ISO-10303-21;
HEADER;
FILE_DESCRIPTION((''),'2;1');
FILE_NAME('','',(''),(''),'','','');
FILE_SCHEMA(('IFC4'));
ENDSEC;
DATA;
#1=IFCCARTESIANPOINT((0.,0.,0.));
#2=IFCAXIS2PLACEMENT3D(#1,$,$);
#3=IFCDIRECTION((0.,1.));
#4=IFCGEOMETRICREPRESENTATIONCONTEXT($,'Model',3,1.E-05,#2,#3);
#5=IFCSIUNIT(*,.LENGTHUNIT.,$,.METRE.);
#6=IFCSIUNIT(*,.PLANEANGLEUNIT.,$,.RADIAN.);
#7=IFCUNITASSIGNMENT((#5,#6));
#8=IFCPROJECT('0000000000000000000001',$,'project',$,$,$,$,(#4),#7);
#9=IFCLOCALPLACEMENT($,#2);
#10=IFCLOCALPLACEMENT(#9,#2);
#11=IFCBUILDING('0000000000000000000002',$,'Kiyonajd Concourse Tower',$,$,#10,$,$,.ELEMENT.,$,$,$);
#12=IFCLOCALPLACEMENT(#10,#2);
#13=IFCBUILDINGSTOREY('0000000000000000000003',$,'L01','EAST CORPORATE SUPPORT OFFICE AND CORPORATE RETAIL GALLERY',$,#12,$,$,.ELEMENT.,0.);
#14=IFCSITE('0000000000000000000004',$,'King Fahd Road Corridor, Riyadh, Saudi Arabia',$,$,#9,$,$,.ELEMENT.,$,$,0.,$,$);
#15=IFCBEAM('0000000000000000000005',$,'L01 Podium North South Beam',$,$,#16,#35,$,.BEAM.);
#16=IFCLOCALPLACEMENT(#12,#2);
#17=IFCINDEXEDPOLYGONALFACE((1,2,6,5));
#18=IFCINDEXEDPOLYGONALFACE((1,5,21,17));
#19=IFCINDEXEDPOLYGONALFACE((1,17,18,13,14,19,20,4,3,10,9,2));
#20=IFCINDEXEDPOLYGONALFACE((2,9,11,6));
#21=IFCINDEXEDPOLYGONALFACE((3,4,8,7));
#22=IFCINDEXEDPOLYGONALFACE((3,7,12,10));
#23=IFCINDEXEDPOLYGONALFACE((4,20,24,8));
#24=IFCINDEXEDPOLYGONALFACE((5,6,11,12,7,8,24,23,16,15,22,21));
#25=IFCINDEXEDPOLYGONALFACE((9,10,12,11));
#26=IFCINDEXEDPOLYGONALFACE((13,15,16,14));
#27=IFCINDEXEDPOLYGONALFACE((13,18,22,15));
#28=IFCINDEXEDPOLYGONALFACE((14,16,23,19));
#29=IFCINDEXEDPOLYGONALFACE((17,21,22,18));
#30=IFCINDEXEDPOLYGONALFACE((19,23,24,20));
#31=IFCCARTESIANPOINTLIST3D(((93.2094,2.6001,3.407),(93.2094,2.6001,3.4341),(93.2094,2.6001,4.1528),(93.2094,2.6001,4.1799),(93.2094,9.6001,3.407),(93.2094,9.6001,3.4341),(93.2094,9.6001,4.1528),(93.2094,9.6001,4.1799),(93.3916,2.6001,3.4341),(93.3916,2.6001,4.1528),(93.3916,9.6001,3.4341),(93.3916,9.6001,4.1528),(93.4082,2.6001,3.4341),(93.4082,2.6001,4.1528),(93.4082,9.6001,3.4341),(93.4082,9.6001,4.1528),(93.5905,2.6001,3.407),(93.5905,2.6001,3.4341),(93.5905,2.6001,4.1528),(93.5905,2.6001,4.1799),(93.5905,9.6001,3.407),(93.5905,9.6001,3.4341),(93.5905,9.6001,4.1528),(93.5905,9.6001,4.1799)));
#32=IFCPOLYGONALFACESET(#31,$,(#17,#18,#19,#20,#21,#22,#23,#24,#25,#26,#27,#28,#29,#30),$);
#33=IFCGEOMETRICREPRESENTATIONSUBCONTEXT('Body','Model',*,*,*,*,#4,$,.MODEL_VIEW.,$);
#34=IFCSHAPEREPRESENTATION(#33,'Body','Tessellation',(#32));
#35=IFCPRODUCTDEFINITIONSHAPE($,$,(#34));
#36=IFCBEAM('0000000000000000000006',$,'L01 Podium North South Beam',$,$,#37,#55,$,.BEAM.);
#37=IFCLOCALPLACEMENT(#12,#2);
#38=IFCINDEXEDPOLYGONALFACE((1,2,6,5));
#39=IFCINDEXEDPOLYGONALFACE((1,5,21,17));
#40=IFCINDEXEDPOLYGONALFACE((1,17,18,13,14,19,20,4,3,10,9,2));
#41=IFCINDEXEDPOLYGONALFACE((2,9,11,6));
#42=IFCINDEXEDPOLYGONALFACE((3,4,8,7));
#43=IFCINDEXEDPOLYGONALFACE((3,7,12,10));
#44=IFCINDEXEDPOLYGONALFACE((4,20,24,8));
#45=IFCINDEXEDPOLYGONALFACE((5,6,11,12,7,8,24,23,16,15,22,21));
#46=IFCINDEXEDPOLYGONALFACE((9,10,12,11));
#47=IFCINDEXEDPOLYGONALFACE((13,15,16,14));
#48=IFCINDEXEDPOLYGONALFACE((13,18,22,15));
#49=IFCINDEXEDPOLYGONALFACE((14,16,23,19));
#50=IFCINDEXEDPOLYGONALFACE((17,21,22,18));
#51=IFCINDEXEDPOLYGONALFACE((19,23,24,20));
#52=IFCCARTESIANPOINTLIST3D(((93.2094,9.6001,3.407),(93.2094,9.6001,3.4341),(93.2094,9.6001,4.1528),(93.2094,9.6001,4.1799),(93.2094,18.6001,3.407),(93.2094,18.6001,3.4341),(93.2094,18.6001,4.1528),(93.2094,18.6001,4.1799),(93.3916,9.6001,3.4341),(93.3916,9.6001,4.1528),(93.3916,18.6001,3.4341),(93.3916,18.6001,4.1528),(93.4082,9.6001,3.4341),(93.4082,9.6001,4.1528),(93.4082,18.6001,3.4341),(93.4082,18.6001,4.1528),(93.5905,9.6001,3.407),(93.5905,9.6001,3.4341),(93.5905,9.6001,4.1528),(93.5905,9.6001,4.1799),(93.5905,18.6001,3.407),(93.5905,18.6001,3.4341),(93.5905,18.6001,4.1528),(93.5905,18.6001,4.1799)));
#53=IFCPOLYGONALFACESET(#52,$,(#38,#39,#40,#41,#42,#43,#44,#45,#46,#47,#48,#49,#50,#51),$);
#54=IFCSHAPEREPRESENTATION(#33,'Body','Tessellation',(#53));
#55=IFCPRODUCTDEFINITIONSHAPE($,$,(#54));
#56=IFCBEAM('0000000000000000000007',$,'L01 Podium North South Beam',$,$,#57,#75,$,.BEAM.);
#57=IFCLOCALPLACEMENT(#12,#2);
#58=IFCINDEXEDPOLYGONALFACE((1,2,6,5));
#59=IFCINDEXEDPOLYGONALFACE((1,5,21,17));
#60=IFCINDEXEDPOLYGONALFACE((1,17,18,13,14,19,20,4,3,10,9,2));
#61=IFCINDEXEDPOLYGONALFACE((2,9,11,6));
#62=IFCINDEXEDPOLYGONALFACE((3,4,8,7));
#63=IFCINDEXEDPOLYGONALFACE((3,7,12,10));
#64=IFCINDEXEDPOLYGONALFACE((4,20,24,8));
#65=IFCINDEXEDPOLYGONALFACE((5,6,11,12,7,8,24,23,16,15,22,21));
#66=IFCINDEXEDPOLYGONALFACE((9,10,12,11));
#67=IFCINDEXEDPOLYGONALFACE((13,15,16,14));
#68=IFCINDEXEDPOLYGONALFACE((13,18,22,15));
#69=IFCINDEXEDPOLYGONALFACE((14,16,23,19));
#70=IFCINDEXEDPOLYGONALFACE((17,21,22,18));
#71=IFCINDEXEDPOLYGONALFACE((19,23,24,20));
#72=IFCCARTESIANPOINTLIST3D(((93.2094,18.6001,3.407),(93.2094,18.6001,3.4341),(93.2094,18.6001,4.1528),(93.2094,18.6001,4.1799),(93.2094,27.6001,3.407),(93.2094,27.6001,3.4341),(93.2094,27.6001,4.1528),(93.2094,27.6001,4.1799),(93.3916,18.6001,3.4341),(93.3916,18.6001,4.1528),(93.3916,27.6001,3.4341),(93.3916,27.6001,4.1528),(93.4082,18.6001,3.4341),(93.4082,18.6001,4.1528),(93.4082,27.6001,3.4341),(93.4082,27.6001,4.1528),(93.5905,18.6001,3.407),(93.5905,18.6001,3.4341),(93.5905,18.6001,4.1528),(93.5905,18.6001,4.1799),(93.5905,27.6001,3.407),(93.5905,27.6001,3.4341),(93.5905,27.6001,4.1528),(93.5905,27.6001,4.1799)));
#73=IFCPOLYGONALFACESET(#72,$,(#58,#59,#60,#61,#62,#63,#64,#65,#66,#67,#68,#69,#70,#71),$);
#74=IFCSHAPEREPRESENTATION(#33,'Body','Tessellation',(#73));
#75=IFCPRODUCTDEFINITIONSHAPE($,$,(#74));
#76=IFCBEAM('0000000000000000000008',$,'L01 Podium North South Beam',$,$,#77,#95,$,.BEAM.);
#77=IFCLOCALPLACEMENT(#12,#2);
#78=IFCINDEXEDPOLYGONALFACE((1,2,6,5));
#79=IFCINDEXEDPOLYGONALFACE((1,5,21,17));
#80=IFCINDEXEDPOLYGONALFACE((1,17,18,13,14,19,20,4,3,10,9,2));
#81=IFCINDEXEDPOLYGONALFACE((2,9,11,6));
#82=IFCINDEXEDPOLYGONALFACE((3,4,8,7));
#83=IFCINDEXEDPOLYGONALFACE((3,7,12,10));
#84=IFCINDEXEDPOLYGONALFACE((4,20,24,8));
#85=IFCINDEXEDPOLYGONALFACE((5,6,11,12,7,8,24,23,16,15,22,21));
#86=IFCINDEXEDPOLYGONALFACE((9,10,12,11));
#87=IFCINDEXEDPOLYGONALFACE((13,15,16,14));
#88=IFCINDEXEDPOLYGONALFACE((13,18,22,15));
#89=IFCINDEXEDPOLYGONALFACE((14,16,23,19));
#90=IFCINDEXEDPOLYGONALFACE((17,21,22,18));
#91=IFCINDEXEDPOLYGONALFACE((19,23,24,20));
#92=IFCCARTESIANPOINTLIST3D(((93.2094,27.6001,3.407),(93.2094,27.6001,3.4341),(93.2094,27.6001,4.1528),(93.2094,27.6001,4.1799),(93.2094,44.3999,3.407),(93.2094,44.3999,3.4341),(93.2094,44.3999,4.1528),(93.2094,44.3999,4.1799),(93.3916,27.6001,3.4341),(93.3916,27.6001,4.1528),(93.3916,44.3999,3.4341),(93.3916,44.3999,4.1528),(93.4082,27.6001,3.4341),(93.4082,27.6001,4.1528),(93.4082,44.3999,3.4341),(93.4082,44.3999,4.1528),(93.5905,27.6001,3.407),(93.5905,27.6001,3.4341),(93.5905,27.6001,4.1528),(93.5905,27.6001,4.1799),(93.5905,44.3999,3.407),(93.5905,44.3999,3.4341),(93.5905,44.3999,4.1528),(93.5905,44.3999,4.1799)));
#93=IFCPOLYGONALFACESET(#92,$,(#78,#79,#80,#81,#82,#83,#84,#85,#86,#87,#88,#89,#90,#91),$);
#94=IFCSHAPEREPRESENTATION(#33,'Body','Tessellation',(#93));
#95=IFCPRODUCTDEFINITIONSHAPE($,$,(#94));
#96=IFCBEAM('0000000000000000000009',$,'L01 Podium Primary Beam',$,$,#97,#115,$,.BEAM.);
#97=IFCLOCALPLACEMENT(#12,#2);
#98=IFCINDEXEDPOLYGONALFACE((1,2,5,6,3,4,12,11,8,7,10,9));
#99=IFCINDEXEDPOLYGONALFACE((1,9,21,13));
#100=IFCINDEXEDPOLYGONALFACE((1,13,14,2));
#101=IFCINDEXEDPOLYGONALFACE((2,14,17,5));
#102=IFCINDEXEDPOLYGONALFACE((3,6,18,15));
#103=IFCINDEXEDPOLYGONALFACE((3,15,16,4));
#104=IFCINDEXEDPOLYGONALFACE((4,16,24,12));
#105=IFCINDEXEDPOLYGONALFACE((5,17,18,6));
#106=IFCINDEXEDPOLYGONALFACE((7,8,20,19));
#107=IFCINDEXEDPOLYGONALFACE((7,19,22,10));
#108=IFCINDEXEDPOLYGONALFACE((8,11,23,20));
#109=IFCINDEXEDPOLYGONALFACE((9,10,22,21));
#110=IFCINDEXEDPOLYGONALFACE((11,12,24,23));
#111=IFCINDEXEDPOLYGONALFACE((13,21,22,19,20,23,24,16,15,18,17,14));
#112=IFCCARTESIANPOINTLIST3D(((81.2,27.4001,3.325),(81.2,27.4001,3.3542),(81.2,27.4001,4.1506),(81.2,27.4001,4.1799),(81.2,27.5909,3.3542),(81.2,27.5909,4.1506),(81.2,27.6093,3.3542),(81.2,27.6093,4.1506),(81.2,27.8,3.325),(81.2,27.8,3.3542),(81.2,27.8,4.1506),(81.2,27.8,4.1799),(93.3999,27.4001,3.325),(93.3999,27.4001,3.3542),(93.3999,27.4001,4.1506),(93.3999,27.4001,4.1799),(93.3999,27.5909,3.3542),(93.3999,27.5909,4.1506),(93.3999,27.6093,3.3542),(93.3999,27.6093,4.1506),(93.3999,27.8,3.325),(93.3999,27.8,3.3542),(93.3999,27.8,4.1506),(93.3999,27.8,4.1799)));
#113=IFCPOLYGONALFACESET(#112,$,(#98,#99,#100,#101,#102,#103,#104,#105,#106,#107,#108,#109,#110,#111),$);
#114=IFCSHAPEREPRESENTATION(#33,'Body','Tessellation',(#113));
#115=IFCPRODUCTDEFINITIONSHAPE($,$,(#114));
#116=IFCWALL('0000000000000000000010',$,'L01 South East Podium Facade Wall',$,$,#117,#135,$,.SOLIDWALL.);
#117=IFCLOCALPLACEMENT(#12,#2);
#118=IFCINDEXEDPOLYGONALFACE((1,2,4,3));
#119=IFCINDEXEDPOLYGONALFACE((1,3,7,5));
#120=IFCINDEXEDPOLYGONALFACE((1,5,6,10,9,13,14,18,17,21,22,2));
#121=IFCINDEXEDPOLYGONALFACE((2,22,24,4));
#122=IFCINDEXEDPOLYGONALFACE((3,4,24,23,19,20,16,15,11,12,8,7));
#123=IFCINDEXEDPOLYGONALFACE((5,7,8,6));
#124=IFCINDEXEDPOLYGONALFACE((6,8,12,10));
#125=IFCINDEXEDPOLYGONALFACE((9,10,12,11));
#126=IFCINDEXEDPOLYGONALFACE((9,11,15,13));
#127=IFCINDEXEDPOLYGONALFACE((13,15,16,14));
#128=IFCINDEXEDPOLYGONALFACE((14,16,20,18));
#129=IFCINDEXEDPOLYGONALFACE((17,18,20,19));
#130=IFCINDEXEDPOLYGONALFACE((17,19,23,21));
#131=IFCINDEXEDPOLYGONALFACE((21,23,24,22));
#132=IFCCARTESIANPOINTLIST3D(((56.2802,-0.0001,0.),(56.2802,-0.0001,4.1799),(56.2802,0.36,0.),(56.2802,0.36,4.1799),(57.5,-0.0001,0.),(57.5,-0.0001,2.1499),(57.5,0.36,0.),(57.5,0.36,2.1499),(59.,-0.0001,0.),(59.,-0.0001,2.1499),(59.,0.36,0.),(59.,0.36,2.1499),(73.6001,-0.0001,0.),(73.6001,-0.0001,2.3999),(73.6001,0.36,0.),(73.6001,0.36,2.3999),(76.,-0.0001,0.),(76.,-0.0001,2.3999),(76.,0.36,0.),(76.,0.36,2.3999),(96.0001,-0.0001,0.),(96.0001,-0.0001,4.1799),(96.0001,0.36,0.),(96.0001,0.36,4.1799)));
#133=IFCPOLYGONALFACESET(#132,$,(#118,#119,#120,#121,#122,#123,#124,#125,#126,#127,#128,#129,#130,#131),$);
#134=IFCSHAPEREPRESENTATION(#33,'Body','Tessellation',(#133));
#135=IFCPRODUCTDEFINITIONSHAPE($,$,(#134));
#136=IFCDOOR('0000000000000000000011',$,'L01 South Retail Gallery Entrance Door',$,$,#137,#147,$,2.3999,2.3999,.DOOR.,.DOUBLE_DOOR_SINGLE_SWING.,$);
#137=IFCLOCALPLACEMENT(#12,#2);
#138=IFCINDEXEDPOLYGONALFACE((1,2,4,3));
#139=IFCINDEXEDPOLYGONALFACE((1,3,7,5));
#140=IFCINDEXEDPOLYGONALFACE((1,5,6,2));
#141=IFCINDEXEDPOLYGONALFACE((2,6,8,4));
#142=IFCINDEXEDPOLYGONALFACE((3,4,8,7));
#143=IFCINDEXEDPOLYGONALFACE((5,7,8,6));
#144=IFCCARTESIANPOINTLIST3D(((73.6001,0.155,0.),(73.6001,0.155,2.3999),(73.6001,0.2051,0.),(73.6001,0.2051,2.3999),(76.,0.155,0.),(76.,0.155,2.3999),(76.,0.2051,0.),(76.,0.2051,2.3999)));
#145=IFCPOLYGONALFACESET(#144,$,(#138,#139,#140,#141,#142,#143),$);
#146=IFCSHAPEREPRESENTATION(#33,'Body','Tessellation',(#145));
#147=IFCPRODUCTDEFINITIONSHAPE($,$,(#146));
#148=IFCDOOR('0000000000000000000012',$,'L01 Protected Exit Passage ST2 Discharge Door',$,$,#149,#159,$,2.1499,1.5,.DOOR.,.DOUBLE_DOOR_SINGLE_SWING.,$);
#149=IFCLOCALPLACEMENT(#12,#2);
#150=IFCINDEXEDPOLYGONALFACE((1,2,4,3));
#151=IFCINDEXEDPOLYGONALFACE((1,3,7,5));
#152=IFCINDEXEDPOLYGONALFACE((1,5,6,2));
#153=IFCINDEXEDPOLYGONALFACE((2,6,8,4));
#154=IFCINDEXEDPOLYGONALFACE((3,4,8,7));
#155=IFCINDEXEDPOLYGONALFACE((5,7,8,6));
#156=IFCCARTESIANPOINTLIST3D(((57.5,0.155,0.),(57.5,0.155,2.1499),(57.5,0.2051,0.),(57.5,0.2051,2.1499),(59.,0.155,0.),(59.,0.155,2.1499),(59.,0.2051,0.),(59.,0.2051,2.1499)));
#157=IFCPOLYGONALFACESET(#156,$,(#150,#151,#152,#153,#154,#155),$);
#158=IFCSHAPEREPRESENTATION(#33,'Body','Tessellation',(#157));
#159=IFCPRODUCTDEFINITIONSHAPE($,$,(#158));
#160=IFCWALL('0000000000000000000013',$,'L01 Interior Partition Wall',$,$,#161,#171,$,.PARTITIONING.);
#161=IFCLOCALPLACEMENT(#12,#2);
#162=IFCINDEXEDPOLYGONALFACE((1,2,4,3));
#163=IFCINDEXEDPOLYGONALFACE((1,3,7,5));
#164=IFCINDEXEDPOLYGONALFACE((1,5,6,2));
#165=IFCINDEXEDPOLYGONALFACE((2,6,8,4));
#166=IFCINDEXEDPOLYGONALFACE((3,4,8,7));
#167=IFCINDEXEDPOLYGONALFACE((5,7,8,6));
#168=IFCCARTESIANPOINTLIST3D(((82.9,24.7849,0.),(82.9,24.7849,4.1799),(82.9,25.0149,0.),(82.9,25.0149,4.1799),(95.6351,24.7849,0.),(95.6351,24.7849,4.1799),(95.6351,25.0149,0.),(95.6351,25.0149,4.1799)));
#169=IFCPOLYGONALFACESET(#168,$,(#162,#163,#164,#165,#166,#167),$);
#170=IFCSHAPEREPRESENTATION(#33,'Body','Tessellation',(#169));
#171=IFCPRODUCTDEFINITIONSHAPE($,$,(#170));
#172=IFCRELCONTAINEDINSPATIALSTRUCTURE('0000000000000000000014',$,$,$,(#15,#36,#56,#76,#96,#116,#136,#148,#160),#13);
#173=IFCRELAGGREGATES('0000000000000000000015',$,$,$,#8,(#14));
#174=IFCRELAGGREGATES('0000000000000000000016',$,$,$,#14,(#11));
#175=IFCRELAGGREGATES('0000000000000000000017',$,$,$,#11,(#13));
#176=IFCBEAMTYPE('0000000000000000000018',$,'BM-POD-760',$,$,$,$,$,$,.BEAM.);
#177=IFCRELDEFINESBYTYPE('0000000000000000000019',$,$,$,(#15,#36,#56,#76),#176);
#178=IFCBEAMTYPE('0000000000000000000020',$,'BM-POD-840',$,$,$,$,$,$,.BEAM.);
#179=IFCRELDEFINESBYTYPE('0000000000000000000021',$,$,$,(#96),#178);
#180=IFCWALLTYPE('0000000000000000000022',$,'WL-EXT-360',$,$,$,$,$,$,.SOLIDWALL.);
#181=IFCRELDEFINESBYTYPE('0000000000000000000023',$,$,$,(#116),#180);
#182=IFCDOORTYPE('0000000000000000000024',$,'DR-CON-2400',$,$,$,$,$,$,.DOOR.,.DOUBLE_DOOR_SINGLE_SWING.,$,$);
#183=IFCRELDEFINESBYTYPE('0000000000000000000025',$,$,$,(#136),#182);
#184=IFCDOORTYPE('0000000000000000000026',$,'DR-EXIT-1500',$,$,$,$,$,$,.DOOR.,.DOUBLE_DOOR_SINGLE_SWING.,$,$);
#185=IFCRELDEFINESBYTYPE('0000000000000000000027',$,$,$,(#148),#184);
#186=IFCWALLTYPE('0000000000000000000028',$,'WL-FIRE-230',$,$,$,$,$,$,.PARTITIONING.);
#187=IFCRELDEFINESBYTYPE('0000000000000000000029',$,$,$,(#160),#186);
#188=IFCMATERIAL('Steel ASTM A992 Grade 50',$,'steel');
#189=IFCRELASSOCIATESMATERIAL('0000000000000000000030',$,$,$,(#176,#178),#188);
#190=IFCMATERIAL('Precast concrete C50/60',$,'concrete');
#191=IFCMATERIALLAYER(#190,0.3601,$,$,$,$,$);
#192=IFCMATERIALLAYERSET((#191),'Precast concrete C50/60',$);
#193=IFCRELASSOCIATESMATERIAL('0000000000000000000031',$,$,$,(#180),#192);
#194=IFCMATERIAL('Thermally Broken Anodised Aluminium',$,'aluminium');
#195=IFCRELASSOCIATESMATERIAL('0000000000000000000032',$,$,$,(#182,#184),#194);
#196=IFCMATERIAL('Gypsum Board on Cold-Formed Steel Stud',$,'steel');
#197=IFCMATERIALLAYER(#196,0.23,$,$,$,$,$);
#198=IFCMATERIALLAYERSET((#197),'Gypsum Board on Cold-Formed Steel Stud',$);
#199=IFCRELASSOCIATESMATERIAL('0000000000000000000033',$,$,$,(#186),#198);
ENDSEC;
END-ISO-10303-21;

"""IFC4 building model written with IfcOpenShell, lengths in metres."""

from ifc_helpers import new_model, si_unit, direction, frame, frame_2d, origin, origin_2d, place, context, subcontext, project, spatial, rectangle, i_section, extrude, material, layer, layer_set, material_profile, profile_set, type_object, element, fill, save


model = new_model("IFC4")

# Units and contexts
model_context = context("Model", 3, precision=1e-05, world=origin(), true_north=direction((0.0, 1.0)))
body_context = subcontext(model_context, "Body", "Model", "MODEL_VIEW")
ifc_project = project(units=[si_unit("LENGTHUNIT", "METRE"), si_unit("PLANEANGLEUNIT", "RADIAN")], contexts=[model_context])

# Site, building, storey
site_placement = place(None, origin())
site = spatial("IfcSite", under=ifc_project, at=site_placement, Name="King Fahd Road Corridor, Riyadh, Saudi Arabia", CompositionType="ELEMENT", RefElevation=0.0)
building_placement = place(site_placement, origin())
building = spatial("IfcBuilding", under=site, at=building_placement, Name="Kiyonajd Concourse Tower", CompositionType="ELEMENT")
storey_placement = place(building_placement, origin())
storey = spatial("IfcBuildingStorey", under=building, at=storey_placement, Name="L01", Description="EAST CORPORATE SUPPORT OFFICE AND CORPORATE RETAIL GALLERY", CompositionType="ELEMENT", Elevation=0.0)

# Beams
ifc_material_1 = material(Name="Steel ASTM A992 Grade 50", Category="steel")
ifc_material_profile_1 = material_profile(ifc_material_1, i_section(OverallWidth=0.3811, OverallDepth=0.7729, WebThickness=0.0166, FlangeThickness=0.0271, at=origin_2d()), Name="W760X257")
ifc_profile_set_1 = profile_set([ifc_material_profile_1], Name="Steel ASTM A992 Grade 50")
beam_type_1 = type_object("IfcBeamType", Name="BM-POD-760", PredefinedType="BEAM", material=ifc_profile_set_1)
beam_1_placement = place(storey_placement, frame((93.3999, 2.6001, 3.7935), z_axis=(0.0, 1.0, 0.0), x_axis=(-1.0, 0.0, 0.0)))
element("IfcBeam", 1, at=beam_1_placement, inside=storey, type_object=beam_type_1, Name="L01 Podium North South Beam", PredefinedType="BEAM", context=body_context, shape_type="SweptSolid", body=[
    extrude(i_section(OverallWidth=0.3811, OverallDepth=0.7729, WebThickness=0.0166, FlangeThickness=0.0271, at=origin_2d()), origin(), (0.0, 0.0, 1.0), 7.0),
])
for number, where, z_axis, x_axis, name in (
    (2, (93.3999, 9.6001, 3.7935), (0.0, 1.0, 0.0), (-1.0, 0.0, 0.0), "L01 Podium North South Beam"),
    (3, (93.3999, 18.6001, 3.7935), (0.0, 1.0, 0.0), (-1.0, 0.0, 0.0), "L01 Podium North South Beam"),
):
    element("IfcBeam", number, at=place(storey_placement, frame(where, z_axis=z_axis, x_axis=x_axis)), inside=storey, type_object=beam_type_1, Name=name, PredefinedType="BEAM", context=body_context, shape_type="SweptSolid", body=[
        extrude(i_section(OverallWidth=0.3811, OverallDepth=0.7729, WebThickness=0.0166, FlangeThickness=0.0271, at=origin_2d()), origin(), (0.0, 0.0, 1.0), 9.0),
    ])
beam_2_placement = place(storey_placement, frame((93.3999, 27.6001, 3.7935), z_axis=(0.0, 1.0, 0.0), x_axis=(-1.0, 0.0, 0.0)))
element("IfcBeam", 4, at=beam_2_placement, inside=storey, type_object=beam_type_1, Name="L01 Podium North South Beam", PredefinedType="BEAM", context=body_context, shape_type="SweptSolid", body=[
    extrude(i_section(OverallWidth=0.3811, OverallDepth=0.7729, WebThickness=0.0166, FlangeThickness=0.0271, at=origin_2d()), origin(), (0.0, 0.0, 1.0), 16.7998),
])
ifc_material_profile_2 = material_profile(ifc_material_1, i_section(OverallWidth=0.3999, OverallDepth=0.855, WebThickness=0.0183, FlangeThickness=0.0293, at=origin_2d()), Name="W840X299")
ifc_profile_set_2 = profile_set([ifc_material_profile_2], Name="Steel ASTM A992 Grade 50")
beam_type_2 = type_object("IfcBeamType", Name="BM-POD-840", PredefinedType="BEAM", material=ifc_profile_set_2)
beam_3_placement = place(storey_placement, frame((81.2, 27.6001, 3.7524), z_axis=(1.0, 0.0, 0.0), x_axis=(0.0, 1.0, 0.0)))
element("IfcBeam", 5, at=beam_3_placement, inside=storey, type_object=beam_type_2, Name="L01 Podium Primary Beam", PredefinedType="BEAM", context=body_context, shape_type="SweptSolid", body=[
    extrude(i_section(OverallWidth=0.3999, OverallDepth=0.855, WebThickness=0.0183, FlangeThickness=0.0293, at=origin_2d()), origin(), (0.0, 0.0, 1.0), 12.2),
])

# Wall, openings, doors
ifc_material_2 = material(Name="Precast concrete C50/60", Category="concrete")
ifc_layer_1 = layer(ifc_material_2, 0.3601)
ifc_layer_set_1 = layer_set([ifc_layer_1], Name="Precast concrete C50/60")
wall_type_1 = type_object("IfcWallType", Name="WL-EXT-360", PredefinedType="SOLIDWALL", material=ifc_layer_set_1)
wall_1_placement = place(storey_placement, frame((96.0, 0.1799, 0.0), z_axis=(0.0, 0.0, 1.0), x_axis=(-1.0, 0.0, 0.0)))
wall_1 = element("IfcWall", 6, at=wall_1_placement, inside=storey, type_object=wall_type_1, Name="L01 South East Podium Facade Wall", PredefinedType="SOLIDWALL", context=body_context, shape_type="SweptSolid", body=[
    extrude(rectangle(XDim=39.72, YDim=0.3601, at=frame_2d((19.8599, 0.0))), origin(), (0.0, 0.0, 1.0), 4.1799),
])
opening_1_placement = place(wall_1_placement, frame((37.0, 0.0, 0.0)))
opening_1 = element("IfcOpeningElement", 7, at=opening_1_placement, cuts=wall_1, PredefinedType="OPENING", context=body_context, shape_type="SweptSolid", body=[
    extrude(rectangle(XDim=1.5, YDim=2.1499, at=frame_2d((0.75, 1.075))), frame((0.0, 0.1899, 0.0), z_axis=(0.0, -1.0, 0.0), x_axis=(1.0, 0.0, 0.0)), (0.0, 0.0, 1.0), 0.3801),
])
opening_2_placement = place(wall_1_placement, frame((20.0, 0.0, 0.0)))
opening_2 = element("IfcOpeningElement", 8, at=opening_2_placement, cuts=wall_1, PredefinedType="OPENING", context=body_context, shape_type="SweptSolid", body=[
    extrude(rectangle(XDim=2.3999, YDim=2.3999, at=frame_2d((1.2, 1.2))), frame((0.0, 0.1899, 0.0), z_axis=(0.0, -1.0, 0.0), x_axis=(1.0, 0.0, 0.0)), (0.0, 0.0, 1.0), 0.3801),
])
ifc_material_3 = material(Name="Thermally Broken Anodised Aluminium", Category="aluminium")
door_type_1 = type_object("IfcDoorType", Name="DR-CON-2400", OperationType="DOUBLE_DOOR_SINGLE_SWING", PredefinedType="DOOR", material=ifc_material_3)
door_1_placement = place(opening_2_placement, origin())
door_1 = element("IfcDoor", 9, at=door_1_placement, inside=storey, type_object=door_type_1, Name="L01 South Retail Gallery Entrance Door", OperationType="DOUBLE_DOOR_SINGLE_SWING", OverallHeight=2.3999, OverallWidth=2.3999, PredefinedType="DOOR", context=body_context, shape_type="SweptSolid", body=[
    extrude(rectangle(XDim=2.3999, YDim=2.3999, at=frame_2d((1.2, 1.2))), frame((0.0, 0.0249, 0.0), z_axis=(0.0, -1.0, 0.0), x_axis=(1.0, 0.0, 0.0)), (0.0, 0.0, 1.0), 0.05),
])
fill(opening_2, door_1)
door_type_2 = type_object("IfcDoorType", Name="DR-EXIT-1500", OperationType="DOUBLE_DOOR_SINGLE_SWING", PredefinedType="DOOR", material=ifc_material_3)
door_2_placement = place(opening_1_placement, origin())
door_2 = element("IfcDoor", 10, at=door_2_placement, inside=storey, type_object=door_type_2, Name="L01 Protected Exit Passage ST2 Discharge Door", OperationType="DOUBLE_DOOR_SINGLE_SWING", OverallHeight=2.1499, OverallWidth=1.5, PredefinedType="DOOR", context=body_context, shape_type="SweptSolid", body=[
    extrude(rectangle(XDim=1.5, YDim=2.1499, at=frame_2d((0.75, 1.075))), frame((0.0, 0.0249, 0.0), z_axis=(0.0, -1.0, 0.0), x_axis=(1.0, 0.0, 0.0)), (0.0, 0.0, 1.0), 0.05),
])
fill(opening_1, door_2)

# Wall
ifc_material_4 = material(Name="Gypsum Board on Cold-Formed Steel Stud", Category="steel")
ifc_layer_2 = layer(ifc_material_4, 0.23)
ifc_layer_set_2 = layer_set([ifc_layer_2], Name="Gypsum Board on Cold-Formed Steel Stud")
wall_type_2 = type_object("IfcWallType", Name="WL-FIRE-230", PredefinedType="PARTITIONING", material=ifc_layer_set_2)
wall_2_placement = place(storey_placement, frame((82.8999, 24.8999, 0.0), z_axis=(0.0, 0.0, 1.0), x_axis=(1.0, 0.0, 0.0)))
element("IfcWall", 11, at=wall_2_placement, inside=storey, type_object=wall_type_2, Name="L01 Interior Partition Wall", PredefinedType="PARTITIONING", context=body_context, shape_type="SweptSolid", body=[
    extrude(rectangle(XDim=12.7351, YDim=0.23, at=frame_2d((6.3677, 0.0))), origin(), (0.0, 0.0, 1.0), 4.1799),
])

save(model, "model.ifc")
